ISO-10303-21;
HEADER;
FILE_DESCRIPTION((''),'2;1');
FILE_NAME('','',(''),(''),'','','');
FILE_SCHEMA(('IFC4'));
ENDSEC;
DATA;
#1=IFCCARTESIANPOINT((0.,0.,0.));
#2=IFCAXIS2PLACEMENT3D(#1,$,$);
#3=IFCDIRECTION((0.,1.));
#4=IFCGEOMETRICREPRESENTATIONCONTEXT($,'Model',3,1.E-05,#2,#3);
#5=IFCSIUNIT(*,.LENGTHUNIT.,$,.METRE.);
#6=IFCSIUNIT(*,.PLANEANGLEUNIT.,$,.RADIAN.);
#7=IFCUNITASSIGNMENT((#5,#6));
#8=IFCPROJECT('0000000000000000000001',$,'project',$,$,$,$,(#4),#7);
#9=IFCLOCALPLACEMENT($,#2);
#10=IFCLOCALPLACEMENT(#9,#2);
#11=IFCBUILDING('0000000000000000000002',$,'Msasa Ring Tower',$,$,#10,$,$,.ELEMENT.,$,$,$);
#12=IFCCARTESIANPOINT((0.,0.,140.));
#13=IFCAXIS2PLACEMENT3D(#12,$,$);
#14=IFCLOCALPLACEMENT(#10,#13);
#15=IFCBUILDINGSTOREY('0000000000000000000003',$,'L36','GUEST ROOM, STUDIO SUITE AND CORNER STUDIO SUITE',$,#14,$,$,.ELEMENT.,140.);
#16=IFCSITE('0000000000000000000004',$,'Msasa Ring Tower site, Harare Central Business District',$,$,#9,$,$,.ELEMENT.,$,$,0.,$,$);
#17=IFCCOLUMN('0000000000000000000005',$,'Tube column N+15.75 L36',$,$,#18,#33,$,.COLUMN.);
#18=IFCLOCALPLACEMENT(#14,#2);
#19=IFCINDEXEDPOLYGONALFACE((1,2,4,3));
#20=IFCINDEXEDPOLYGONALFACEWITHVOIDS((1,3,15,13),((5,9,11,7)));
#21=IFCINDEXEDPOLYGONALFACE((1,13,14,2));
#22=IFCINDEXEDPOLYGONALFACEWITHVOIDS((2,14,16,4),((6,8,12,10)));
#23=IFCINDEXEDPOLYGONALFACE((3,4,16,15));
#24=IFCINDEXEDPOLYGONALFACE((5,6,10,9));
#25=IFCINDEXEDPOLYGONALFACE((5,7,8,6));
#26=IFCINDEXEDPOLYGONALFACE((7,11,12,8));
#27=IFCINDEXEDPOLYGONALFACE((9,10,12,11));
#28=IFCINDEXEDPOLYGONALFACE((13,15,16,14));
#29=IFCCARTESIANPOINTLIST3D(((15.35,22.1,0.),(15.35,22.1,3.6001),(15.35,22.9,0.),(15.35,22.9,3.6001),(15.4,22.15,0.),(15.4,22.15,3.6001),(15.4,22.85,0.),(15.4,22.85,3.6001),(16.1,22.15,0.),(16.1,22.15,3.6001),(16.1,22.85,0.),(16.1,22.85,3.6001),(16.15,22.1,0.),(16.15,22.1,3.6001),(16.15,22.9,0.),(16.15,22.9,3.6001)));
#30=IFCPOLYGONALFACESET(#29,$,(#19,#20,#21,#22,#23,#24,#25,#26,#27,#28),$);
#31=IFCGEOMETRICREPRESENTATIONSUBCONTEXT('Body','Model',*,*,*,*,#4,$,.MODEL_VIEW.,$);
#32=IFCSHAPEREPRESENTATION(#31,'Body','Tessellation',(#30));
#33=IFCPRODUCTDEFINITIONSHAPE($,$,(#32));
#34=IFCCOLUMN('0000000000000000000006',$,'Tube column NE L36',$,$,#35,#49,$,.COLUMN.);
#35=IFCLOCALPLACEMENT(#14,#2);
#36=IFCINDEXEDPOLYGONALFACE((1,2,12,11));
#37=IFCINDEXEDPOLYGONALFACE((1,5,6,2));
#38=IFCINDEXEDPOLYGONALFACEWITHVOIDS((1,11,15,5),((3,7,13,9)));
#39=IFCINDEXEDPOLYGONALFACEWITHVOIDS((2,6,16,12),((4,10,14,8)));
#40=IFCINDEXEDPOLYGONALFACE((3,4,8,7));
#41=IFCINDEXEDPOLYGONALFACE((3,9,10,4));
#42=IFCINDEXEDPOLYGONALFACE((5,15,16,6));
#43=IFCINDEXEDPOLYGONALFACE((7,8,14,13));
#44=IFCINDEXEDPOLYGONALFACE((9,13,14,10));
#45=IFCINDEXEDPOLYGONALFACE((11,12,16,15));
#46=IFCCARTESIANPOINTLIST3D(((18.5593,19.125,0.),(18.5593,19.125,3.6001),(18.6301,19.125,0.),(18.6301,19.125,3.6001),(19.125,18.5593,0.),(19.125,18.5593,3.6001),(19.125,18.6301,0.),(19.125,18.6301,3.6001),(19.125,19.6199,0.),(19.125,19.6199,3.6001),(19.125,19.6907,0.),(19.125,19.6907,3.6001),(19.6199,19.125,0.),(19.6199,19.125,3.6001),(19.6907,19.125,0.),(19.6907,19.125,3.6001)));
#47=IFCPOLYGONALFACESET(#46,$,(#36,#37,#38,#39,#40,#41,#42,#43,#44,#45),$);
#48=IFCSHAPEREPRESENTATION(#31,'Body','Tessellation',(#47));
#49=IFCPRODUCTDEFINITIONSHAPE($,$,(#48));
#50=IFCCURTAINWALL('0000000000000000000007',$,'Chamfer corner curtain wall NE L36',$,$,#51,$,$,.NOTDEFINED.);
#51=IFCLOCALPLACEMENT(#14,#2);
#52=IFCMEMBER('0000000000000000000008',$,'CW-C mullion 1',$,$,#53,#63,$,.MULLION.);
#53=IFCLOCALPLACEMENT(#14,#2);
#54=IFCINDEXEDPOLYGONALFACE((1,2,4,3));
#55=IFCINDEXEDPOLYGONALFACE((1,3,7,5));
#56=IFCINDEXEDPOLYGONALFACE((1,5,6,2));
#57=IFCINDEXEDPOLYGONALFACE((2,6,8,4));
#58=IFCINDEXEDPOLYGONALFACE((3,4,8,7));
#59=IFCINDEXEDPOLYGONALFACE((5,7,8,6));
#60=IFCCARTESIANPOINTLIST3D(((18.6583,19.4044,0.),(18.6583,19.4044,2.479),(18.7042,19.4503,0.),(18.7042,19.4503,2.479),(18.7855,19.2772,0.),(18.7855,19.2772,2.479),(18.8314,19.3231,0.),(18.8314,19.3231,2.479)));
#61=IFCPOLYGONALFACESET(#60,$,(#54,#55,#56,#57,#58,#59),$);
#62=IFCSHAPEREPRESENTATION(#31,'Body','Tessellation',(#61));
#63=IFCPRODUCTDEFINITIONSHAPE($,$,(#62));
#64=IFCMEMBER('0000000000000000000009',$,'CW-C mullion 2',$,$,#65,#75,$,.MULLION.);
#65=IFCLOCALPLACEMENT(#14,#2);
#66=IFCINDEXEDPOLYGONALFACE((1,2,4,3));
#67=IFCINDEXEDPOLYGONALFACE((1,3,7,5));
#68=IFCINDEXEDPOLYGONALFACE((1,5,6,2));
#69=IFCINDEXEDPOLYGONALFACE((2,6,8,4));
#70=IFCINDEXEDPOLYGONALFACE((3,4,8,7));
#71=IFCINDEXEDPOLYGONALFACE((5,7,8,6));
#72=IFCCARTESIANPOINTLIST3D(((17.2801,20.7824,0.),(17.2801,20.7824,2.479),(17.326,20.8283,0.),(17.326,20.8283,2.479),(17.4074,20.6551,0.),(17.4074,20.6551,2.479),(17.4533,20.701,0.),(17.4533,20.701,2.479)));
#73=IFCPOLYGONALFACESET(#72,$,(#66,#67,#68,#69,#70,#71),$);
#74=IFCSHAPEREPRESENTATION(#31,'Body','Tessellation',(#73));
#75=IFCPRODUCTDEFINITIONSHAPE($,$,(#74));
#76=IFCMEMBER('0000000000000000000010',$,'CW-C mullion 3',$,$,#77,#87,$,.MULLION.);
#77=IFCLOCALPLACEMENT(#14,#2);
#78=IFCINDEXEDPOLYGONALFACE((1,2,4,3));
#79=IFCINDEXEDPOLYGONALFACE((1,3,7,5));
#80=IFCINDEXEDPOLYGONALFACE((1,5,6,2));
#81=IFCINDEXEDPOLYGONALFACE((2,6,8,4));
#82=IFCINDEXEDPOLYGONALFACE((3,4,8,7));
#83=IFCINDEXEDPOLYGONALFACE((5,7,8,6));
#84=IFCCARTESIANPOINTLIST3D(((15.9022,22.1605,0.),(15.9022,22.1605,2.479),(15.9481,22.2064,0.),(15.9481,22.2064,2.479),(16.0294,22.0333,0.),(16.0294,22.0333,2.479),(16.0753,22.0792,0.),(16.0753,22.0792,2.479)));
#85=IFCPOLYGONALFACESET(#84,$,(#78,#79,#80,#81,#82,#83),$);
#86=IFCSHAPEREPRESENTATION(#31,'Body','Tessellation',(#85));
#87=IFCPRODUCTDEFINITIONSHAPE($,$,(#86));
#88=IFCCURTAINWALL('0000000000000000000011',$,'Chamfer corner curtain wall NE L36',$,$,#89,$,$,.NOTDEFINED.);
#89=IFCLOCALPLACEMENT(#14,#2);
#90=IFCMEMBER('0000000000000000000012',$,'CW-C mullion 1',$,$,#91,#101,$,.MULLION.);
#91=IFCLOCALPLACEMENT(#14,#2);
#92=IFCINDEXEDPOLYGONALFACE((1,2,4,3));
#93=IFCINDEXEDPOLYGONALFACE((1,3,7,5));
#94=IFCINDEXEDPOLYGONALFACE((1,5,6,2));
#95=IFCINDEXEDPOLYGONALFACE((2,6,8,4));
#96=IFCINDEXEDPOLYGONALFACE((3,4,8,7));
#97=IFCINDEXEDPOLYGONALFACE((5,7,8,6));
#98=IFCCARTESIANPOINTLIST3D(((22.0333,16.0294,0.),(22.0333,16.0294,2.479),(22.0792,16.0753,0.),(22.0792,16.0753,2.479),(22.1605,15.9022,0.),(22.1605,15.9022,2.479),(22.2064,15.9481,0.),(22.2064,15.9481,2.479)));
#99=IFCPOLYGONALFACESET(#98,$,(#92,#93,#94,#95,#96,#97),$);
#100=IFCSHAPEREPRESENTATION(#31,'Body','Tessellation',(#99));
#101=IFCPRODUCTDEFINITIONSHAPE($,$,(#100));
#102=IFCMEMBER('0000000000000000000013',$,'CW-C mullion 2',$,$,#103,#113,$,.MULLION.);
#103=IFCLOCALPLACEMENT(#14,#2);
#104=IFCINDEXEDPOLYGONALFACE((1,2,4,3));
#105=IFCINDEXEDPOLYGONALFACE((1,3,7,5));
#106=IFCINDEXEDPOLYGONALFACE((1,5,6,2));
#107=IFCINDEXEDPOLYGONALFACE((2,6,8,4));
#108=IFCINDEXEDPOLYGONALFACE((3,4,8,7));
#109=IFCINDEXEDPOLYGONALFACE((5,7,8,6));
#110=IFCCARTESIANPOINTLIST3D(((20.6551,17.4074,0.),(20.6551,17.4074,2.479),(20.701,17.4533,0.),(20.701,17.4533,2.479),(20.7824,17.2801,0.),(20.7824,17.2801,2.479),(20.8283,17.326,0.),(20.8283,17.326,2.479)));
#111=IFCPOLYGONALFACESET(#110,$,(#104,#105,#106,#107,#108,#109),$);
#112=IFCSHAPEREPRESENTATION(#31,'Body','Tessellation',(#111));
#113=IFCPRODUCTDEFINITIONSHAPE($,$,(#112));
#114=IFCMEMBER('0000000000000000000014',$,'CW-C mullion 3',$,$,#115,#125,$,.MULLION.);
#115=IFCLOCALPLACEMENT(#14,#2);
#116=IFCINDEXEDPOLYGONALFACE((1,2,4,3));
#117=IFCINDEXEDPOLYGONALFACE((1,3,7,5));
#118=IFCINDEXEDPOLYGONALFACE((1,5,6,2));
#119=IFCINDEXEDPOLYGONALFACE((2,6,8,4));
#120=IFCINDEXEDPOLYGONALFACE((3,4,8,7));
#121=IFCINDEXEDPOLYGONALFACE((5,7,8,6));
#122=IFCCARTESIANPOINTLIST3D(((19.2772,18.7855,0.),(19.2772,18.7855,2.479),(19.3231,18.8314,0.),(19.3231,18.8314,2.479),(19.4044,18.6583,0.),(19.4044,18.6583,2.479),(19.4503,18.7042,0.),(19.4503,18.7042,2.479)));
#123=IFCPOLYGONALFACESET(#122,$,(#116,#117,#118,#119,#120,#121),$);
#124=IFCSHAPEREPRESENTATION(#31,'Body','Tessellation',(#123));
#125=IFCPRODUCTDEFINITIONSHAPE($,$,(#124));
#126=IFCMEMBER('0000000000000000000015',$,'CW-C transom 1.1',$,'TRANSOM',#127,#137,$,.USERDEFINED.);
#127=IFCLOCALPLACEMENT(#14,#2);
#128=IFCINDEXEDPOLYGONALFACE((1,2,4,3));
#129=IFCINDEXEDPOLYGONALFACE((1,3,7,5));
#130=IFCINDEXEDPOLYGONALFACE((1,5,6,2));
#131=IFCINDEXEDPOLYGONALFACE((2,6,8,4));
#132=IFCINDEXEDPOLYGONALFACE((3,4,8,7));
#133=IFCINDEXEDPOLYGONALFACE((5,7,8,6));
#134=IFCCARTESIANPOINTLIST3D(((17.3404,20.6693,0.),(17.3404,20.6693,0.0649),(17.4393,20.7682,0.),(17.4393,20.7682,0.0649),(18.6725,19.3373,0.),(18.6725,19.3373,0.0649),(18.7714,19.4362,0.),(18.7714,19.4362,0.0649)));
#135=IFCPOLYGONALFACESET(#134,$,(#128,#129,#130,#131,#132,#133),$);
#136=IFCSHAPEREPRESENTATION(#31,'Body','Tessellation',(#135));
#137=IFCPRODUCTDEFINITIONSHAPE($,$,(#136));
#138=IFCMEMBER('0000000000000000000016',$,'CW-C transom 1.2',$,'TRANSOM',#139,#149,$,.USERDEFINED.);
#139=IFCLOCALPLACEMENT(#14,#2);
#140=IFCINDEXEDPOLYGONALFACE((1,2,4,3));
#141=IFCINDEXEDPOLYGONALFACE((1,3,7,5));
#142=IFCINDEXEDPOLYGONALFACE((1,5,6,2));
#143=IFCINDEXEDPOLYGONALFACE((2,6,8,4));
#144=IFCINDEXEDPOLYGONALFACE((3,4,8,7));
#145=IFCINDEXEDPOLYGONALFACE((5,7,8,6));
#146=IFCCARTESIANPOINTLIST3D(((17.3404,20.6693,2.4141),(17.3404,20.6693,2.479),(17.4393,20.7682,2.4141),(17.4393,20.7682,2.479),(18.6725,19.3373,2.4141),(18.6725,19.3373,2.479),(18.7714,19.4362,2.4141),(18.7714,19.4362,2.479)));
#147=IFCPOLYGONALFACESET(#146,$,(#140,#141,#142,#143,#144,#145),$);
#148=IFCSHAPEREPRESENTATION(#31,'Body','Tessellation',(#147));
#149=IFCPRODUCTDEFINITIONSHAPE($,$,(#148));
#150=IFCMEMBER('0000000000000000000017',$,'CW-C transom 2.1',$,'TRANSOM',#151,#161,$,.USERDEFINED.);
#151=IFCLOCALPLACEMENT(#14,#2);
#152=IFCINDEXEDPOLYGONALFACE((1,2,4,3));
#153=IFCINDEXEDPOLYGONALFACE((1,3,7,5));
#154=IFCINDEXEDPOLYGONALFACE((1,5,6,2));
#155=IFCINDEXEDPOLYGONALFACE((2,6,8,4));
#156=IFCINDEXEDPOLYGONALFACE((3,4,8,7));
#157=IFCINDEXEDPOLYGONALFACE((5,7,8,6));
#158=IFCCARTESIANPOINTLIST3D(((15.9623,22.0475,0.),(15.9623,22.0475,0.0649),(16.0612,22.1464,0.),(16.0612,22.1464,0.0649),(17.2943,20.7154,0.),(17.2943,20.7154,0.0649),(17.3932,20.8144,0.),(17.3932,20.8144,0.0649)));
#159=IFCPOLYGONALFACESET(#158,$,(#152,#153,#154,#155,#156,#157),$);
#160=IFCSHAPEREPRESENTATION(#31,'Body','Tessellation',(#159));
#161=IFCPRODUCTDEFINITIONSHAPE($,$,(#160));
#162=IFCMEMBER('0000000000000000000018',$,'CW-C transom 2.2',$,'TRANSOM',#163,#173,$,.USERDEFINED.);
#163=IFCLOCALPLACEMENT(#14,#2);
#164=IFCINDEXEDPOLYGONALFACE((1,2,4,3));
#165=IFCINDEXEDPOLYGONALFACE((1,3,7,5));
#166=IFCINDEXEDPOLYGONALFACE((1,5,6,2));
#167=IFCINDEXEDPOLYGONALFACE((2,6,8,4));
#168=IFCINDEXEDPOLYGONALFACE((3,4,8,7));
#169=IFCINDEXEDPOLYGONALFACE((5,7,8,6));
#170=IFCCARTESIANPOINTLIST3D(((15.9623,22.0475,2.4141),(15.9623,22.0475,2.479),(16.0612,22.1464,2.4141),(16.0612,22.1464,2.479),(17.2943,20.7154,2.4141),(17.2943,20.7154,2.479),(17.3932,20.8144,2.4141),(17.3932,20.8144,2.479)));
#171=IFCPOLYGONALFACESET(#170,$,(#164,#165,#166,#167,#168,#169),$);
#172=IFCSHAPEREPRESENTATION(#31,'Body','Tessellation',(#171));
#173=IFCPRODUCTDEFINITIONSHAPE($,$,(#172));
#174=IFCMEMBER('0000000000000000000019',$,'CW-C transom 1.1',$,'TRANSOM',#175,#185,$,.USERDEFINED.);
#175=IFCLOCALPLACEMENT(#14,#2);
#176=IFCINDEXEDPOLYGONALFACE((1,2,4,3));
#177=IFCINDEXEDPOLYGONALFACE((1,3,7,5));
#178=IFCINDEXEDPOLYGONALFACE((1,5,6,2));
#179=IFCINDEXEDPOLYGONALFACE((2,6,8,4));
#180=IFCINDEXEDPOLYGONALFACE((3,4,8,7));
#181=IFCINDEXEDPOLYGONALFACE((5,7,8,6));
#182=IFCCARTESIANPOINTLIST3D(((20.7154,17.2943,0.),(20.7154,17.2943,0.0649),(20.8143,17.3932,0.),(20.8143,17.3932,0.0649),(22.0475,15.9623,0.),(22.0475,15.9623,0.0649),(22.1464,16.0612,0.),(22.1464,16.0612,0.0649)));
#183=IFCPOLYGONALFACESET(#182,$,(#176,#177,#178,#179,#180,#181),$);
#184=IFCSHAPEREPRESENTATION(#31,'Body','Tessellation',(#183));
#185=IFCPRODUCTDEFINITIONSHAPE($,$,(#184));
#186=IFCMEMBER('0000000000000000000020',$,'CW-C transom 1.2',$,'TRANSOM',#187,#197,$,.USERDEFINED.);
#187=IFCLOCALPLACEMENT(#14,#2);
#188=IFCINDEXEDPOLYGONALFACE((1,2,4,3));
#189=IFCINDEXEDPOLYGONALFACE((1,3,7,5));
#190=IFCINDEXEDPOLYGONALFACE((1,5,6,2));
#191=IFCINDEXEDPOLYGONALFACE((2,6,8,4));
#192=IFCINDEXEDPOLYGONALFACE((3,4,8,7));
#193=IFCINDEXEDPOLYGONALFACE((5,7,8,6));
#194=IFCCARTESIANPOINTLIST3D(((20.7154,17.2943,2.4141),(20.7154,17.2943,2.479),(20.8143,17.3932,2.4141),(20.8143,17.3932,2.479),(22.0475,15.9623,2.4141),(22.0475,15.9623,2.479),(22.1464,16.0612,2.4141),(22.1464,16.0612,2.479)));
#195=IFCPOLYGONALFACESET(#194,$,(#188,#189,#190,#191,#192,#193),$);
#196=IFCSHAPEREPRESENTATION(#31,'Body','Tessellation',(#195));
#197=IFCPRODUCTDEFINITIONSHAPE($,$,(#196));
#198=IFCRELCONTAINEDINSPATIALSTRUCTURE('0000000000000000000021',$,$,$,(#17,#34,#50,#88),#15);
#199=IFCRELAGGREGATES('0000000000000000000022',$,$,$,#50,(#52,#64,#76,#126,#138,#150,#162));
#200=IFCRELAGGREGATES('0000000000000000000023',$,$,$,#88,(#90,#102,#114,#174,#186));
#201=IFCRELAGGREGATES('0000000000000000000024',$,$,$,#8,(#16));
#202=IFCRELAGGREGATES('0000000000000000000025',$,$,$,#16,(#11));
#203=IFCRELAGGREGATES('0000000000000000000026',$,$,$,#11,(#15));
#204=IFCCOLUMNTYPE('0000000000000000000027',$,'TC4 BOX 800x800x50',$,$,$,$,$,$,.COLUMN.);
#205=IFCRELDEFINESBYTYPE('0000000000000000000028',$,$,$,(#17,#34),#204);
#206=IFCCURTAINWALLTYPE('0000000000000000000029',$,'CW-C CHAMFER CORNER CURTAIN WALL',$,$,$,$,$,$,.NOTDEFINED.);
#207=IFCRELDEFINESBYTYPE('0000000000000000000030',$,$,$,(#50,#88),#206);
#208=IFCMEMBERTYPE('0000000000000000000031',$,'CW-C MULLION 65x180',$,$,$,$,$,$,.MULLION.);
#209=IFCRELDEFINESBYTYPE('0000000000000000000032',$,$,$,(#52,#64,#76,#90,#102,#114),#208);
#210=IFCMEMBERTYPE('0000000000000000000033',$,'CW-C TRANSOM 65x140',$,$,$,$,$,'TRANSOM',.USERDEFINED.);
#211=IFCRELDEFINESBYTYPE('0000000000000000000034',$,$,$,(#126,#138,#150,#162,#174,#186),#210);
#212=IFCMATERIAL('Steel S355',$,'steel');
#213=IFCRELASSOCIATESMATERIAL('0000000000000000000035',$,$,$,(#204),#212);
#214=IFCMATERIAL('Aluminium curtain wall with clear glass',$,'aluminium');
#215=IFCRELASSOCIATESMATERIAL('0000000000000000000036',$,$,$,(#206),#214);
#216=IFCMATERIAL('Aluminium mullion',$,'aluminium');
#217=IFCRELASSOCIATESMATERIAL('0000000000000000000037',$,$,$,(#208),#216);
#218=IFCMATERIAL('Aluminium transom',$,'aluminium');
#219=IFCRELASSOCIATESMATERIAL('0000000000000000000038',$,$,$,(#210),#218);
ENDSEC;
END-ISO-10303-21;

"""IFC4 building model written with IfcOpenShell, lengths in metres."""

from ifc_helpers import new_model, si_unit, direction, frame, origin, origin_2d, place, context, subcontext, project, spatial, rectangle, hollow_rectangle, extrude, material, material_profile, profile_set, type_object, element, aggregate, save


model = new_model("IFC4")

# Units and contexts
model_context = context("Model", 3, precision=1e-05, world=origin(), true_north=direction((0.0, 1.0)))
body_context = subcontext(model_context, "Body", "Model", "MODEL_VIEW")
ifc_project = project(units=[si_unit("LENGTHUNIT", "METRE"), si_unit("PLANEANGLEUNIT", "RADIAN")], contexts=[model_context])

# Site, building, storey
site_placement = place(None, origin())
site = spatial("IfcSite", under=ifc_project, at=site_placement, Name="Msasa Ring Tower site, Harare Central Business District", CompositionType="ELEMENT", RefElevation=0.0)
building_placement = place(site_placement, origin())
building = spatial("IfcBuilding", under=site, at=building_placement, Name="Msasa Ring Tower", CompositionType="ELEMENT")
storey_placement = place(building_placement, frame((0.0, 0.0, 140.0)))
storey = spatial("IfcBuildingStorey", under=building, at=storey_placement, Name="L36", Description="GUEST ROOM, STUDIO SUITE AND CORNER STUDIO SUITE", CompositionType="ELEMENT", Elevation=140.0)

# Columns
ifc_material_1 = material(Name="Steel S355", Category="steel")
ifc_material_profile_1 = material_profile(ifc_material_1, hollow_rectangle(XDim=0.8, YDim=0.8, WallThickness=0.05, at=origin_2d()), Name="BOX 800x800x50")
ifc_profile_set_1 = profile_set([ifc_material_profile_1], Name="Steel S355")
column_type = type_object("IfcColumnType", Name="TC4 BOX 800x800x50", PredefinedType="COLUMN", material=ifc_profile_set_1)
for number, where, z_axis, x_axis, name in (
    (1, (15.75, 22.5, 0.0), (0.0, 0.0, 1.0), (0.0, 1.0, 0.0), "Tube column N+15.75 L36"),
    (2, (19.125, 19.125, 0.0), (0.0, 0.0, 1.0), (0.707107, 0.707107, 0.0), "Tube column NE L36"),
):
    element("IfcColumn", number, at=place(storey_placement, frame(where, z_axis=z_axis, x_axis=x_axis)), inside=storey, type_object=column_type, Name=name, PredefinedType="COLUMN", context=body_context, shape_type="SweptSolid", body=[
        extrude(hollow_rectangle(XDim=0.8, YDim=0.8, WallThickness=0.05, at=origin_2d()), origin(), (0.0, 0.0, 1.0), 3.6001),
    ])

# Curtain walls, members
ifc_material_2 = material(Name="Aluminium curtain wall with clear glass", Category="aluminium")
curtain_wall_type = type_object("IfcCurtainWallType", Name="CW-C CHAMFER CORNER CURTAIN WALL", PredefinedType="NOTDEFINED", material=ifc_material_2)
curtain_wall_1_placement = place(storey_placement, origin())
curtain_wall_1 = element("IfcCurtainWall", 3, at=curtain_wall_1_placement, inside=storey, type_object=curtain_wall_type, Name="Chamfer corner curtain wall NE L36", PredefinedType="NOTDEFINED")
ifc_material_3 = material(Name="Aluminium mullion", Category="aluminium")
ifc_material_profile_2 = material_profile(ifc_material_3, rectangle(XDim=0.0649, YDim=0.1799, at=origin_2d()), Name="AL 65x180")
ifc_profile_set_2 = profile_set([ifc_material_profile_2], Name="Aluminium mullion")
member_type_1 = type_object("IfcMemberType", Name="CW-C MULLION 65x180", PredefinedType="MULLION", material=ifc_profile_set_2)
member_1_placement = place(storey_placement, frame((18.7449, 19.3638, 0.0), z_axis=(0.0, 0.0, 1.0), x_axis=(-0.707107, -0.707107, 0.0)))
member_1 = element("IfcMember", 4, at=member_1_placement, type_object=member_type_1, Name="CW-C mullion 1", PredefinedType="MULLION", context=body_context, shape_type="SweptSolid", body=[
    extrude(rectangle(XDim=0.0649, YDim=0.1799, at=origin_2d()), origin(), (0.0, 0.0, 1.0), 2.479),
])
member_2_placement = place(storey_placement, frame((17.3667, 20.7417, 0.0), z_axis=(0.0, 0.0, 1.0), x_axis=(-0.707107, -0.707107, 0.0)))
member_2 = element("IfcMember", 5, at=member_2_placement, type_object=member_type_1, Name="CW-C mullion 2", PredefinedType="MULLION", context=body_context, shape_type="SweptSolid", body=[
    extrude(rectangle(XDim=0.0649, YDim=0.1799, at=origin_2d()), origin(), (0.0, 0.0, 1.0), 2.479),
])
member_3_placement = place(storey_placement, frame((15.9888, 22.1199, 0.0), z_axis=(0.0, 0.0, 1.0), x_axis=(-0.707107, -0.707107, 0.0)))
member_3 = element("IfcMember", 6, at=member_3_placement, type_object=member_type_1, Name="CW-C mullion 3", PredefinedType="MULLION", context=body_context, shape_type="SweptSolid", body=[
    extrude(rectangle(XDim=0.0649, YDim=0.1799, at=origin_2d()), origin(), (0.0, 0.0, 1.0), 2.479),
])
curtain_wall_2_placement = place(storey_placement, origin())
curtain_wall_2 = element("IfcCurtainWall", 7, at=curtain_wall_2_placement, inside=storey, type_object=curtain_wall_type, Name="Chamfer corner curtain wall NE L36", PredefinedType="NOTDEFINED")
member_4_placement = place(storey_placement, frame((22.1199, 15.9888, 0.0), z_axis=(0.0, 0.0, 1.0), x_axis=(-0.707107, -0.707107, 0.0)))
member_4 = element("IfcMember", 8, at=member_4_placement, type_object=member_type_1, Name="CW-C mullion 1", PredefinedType="MULLION", context=body_context, shape_type="SweptSolid", body=[
    extrude(rectangle(XDim=0.0649, YDim=0.1799, at=origin_2d()), origin(), (0.0, 0.0, 1.0), 2.479),
])
member_5_placement = place(storey_placement, frame((20.7417, 17.3667, 0.0), z_axis=(0.0, 0.0, 1.0), x_axis=(-0.707107, -0.707107, 0.0)))
member_5 = element("IfcMember", 9, at=member_5_placement, type_object=member_type_1, Name="CW-C mullion 2", PredefinedType="MULLION", context=body_context, shape_type="SweptSolid", body=[
    extrude(rectangle(XDim=0.0649, YDim=0.1799, at=origin_2d()), origin(), (0.0, 0.0, 1.0), 2.479),
])
member_6_placement = place(storey_placement, frame((19.3638, 18.7449, 0.0), z_axis=(0.0, 0.0, 1.0), x_axis=(-0.707107, -0.707107, 0.0)))
member_6 = element("IfcMember", 10, at=member_6_placement, type_object=member_type_1, Name="CW-C mullion 3", PredefinedType="MULLION", context=body_context, shape_type="SweptSolid", body=[
    extrude(rectangle(XDim=0.0649, YDim=0.1799, at=origin_2d()), origin(), (0.0, 0.0, 1.0), 2.479),
])

# Members
ifc_material_4 = material(Name="Aluminium transom", Category="aluminium")
ifc_material_profile_3 = material_profile(ifc_material_4, rectangle(XDim=0.1399, YDim=0.0649, at=origin_2d()), Name="AL 65x140")
ifc_profile_set_3 = profile_set([ifc_material_profile_3], Name="Aluminium transom")
member_type_2 = type_object("IfcMemberType", Name="CW-C TRANSOM 65x140", ElementType="TRANSOM", PredefinedType="USERDEFINED", material=ifc_profile_set_3)
member_7_placement = place(storey_placement, frame((18.7219, 19.3867, 0.0325), z_axis=(-0.707107, 0.707107, 0.0), x_axis=(-0.707107, -0.707107, 0.0)))
member_7 = element("IfcMember", 11, at=member_7_placement, type_object=member_type_2, Name="CW-C transom 1.1", ObjectType="TRANSOM", PredefinedType="USERDEFINED", context=body_context, shape_type="SweptSolid", body=[
    extrude(rectangle(XDim=0.1399, YDim=0.0649, at=origin_2d()), origin(), (0.0, 0.0, 1.0), 1.8838),
])
member_8_placement = place(storey_placement, frame((18.7219, 19.3867, 2.4465), z_axis=(-0.707107, 0.707107, 0.0), x_axis=(-0.707107, -0.707107, 0.0)))
member_8 = element("IfcMember", 12, at=member_8_placement, type_object=member_type_2, Name="CW-C transom 1.2", ObjectType="TRANSOM", PredefinedType="USERDEFINED", context=body_context, shape_type="SweptSolid", body=[
    extrude(rectangle(XDim=0.1399, YDim=0.0649, at=origin_2d()), origin(), (0.0, 0.0, 1.0), 1.8838),
])
member_9_placement = place(storey_placement, frame((17.3438, 20.7649, 0.0325), z_axis=(-0.707107, 0.707107, 0.0), x_axis=(-0.707107, -0.707107, 0.0)))
member_9 = element("IfcMember", 13, at=member_9_placement, type_object=member_type_2, Name="CW-C transom 2.1", ObjectType="TRANSOM", PredefinedType="USERDEFINED", context=body_context, shape_type="SweptSolid", body=[
    extrude(rectangle(XDim=0.1399, YDim=0.0649, at=origin_2d()), origin(), (0.0, 0.0, 1.0), 1.8838),
])
member_10_placement = place(storey_placement, frame((17.3438, 20.7649, 2.4465), z_axis=(-0.707107, 0.707107, 0.0), x_axis=(-0.707107, -0.707107, 0.0)))
member_10 = element("IfcMember", 14, at=member_10_placement, type_object=member_type_2, Name="CW-C transom 2.2", ObjectType="TRANSOM", PredefinedType="USERDEFINED", context=body_context, shape_type="SweptSolid", body=[
    extrude(rectangle(XDim=0.1399, YDim=0.0649, at=origin_2d()), origin(), (0.0, 0.0, 1.0), 1.8838),
])
member_11_placement = place(storey_placement, frame((22.0969, 16.0117, 0.0325), z_axis=(-0.707107, 0.707107, 0.0), x_axis=(-0.707107, -0.707107, 0.0)))
member_11 = element("IfcMember", 15, at=member_11_placement, type_object=member_type_2, Name="CW-C transom 1.1", ObjectType="TRANSOM", PredefinedType="USERDEFINED", context=body_context, shape_type="SweptSolid", body=[
    extrude(rectangle(XDim=0.1399, YDim=0.0649, at=origin_2d()), origin(), (0.0, 0.0, 1.0), 1.8838),
])
member_12_placement = place(storey_placement, frame((22.0969, 16.0117, 2.4465), z_axis=(-0.707107, 0.707107, 0.0), x_axis=(-0.707107, -0.707107, 0.0)))
member_12 = element("IfcMember", 16, at=member_12_placement, type_object=member_type_2, Name="CW-C transom 1.2", ObjectType="TRANSOM", PredefinedType="USERDEFINED", context=body_context, shape_type="SweptSolid", body=[
    extrude(rectangle(XDim=0.1399, YDim=0.0649, at=origin_2d()), origin(), (0.0, 0.0, 1.0), 1.8838),
])

aggregate(curtain_wall_1, [member_1, member_2, member_3, member_7, member_8, member_9, member_10])
aggregate(curtain_wall_2, [member_4, member_5, member_6, member_11, member_12])

save(model, "model.ifc")
